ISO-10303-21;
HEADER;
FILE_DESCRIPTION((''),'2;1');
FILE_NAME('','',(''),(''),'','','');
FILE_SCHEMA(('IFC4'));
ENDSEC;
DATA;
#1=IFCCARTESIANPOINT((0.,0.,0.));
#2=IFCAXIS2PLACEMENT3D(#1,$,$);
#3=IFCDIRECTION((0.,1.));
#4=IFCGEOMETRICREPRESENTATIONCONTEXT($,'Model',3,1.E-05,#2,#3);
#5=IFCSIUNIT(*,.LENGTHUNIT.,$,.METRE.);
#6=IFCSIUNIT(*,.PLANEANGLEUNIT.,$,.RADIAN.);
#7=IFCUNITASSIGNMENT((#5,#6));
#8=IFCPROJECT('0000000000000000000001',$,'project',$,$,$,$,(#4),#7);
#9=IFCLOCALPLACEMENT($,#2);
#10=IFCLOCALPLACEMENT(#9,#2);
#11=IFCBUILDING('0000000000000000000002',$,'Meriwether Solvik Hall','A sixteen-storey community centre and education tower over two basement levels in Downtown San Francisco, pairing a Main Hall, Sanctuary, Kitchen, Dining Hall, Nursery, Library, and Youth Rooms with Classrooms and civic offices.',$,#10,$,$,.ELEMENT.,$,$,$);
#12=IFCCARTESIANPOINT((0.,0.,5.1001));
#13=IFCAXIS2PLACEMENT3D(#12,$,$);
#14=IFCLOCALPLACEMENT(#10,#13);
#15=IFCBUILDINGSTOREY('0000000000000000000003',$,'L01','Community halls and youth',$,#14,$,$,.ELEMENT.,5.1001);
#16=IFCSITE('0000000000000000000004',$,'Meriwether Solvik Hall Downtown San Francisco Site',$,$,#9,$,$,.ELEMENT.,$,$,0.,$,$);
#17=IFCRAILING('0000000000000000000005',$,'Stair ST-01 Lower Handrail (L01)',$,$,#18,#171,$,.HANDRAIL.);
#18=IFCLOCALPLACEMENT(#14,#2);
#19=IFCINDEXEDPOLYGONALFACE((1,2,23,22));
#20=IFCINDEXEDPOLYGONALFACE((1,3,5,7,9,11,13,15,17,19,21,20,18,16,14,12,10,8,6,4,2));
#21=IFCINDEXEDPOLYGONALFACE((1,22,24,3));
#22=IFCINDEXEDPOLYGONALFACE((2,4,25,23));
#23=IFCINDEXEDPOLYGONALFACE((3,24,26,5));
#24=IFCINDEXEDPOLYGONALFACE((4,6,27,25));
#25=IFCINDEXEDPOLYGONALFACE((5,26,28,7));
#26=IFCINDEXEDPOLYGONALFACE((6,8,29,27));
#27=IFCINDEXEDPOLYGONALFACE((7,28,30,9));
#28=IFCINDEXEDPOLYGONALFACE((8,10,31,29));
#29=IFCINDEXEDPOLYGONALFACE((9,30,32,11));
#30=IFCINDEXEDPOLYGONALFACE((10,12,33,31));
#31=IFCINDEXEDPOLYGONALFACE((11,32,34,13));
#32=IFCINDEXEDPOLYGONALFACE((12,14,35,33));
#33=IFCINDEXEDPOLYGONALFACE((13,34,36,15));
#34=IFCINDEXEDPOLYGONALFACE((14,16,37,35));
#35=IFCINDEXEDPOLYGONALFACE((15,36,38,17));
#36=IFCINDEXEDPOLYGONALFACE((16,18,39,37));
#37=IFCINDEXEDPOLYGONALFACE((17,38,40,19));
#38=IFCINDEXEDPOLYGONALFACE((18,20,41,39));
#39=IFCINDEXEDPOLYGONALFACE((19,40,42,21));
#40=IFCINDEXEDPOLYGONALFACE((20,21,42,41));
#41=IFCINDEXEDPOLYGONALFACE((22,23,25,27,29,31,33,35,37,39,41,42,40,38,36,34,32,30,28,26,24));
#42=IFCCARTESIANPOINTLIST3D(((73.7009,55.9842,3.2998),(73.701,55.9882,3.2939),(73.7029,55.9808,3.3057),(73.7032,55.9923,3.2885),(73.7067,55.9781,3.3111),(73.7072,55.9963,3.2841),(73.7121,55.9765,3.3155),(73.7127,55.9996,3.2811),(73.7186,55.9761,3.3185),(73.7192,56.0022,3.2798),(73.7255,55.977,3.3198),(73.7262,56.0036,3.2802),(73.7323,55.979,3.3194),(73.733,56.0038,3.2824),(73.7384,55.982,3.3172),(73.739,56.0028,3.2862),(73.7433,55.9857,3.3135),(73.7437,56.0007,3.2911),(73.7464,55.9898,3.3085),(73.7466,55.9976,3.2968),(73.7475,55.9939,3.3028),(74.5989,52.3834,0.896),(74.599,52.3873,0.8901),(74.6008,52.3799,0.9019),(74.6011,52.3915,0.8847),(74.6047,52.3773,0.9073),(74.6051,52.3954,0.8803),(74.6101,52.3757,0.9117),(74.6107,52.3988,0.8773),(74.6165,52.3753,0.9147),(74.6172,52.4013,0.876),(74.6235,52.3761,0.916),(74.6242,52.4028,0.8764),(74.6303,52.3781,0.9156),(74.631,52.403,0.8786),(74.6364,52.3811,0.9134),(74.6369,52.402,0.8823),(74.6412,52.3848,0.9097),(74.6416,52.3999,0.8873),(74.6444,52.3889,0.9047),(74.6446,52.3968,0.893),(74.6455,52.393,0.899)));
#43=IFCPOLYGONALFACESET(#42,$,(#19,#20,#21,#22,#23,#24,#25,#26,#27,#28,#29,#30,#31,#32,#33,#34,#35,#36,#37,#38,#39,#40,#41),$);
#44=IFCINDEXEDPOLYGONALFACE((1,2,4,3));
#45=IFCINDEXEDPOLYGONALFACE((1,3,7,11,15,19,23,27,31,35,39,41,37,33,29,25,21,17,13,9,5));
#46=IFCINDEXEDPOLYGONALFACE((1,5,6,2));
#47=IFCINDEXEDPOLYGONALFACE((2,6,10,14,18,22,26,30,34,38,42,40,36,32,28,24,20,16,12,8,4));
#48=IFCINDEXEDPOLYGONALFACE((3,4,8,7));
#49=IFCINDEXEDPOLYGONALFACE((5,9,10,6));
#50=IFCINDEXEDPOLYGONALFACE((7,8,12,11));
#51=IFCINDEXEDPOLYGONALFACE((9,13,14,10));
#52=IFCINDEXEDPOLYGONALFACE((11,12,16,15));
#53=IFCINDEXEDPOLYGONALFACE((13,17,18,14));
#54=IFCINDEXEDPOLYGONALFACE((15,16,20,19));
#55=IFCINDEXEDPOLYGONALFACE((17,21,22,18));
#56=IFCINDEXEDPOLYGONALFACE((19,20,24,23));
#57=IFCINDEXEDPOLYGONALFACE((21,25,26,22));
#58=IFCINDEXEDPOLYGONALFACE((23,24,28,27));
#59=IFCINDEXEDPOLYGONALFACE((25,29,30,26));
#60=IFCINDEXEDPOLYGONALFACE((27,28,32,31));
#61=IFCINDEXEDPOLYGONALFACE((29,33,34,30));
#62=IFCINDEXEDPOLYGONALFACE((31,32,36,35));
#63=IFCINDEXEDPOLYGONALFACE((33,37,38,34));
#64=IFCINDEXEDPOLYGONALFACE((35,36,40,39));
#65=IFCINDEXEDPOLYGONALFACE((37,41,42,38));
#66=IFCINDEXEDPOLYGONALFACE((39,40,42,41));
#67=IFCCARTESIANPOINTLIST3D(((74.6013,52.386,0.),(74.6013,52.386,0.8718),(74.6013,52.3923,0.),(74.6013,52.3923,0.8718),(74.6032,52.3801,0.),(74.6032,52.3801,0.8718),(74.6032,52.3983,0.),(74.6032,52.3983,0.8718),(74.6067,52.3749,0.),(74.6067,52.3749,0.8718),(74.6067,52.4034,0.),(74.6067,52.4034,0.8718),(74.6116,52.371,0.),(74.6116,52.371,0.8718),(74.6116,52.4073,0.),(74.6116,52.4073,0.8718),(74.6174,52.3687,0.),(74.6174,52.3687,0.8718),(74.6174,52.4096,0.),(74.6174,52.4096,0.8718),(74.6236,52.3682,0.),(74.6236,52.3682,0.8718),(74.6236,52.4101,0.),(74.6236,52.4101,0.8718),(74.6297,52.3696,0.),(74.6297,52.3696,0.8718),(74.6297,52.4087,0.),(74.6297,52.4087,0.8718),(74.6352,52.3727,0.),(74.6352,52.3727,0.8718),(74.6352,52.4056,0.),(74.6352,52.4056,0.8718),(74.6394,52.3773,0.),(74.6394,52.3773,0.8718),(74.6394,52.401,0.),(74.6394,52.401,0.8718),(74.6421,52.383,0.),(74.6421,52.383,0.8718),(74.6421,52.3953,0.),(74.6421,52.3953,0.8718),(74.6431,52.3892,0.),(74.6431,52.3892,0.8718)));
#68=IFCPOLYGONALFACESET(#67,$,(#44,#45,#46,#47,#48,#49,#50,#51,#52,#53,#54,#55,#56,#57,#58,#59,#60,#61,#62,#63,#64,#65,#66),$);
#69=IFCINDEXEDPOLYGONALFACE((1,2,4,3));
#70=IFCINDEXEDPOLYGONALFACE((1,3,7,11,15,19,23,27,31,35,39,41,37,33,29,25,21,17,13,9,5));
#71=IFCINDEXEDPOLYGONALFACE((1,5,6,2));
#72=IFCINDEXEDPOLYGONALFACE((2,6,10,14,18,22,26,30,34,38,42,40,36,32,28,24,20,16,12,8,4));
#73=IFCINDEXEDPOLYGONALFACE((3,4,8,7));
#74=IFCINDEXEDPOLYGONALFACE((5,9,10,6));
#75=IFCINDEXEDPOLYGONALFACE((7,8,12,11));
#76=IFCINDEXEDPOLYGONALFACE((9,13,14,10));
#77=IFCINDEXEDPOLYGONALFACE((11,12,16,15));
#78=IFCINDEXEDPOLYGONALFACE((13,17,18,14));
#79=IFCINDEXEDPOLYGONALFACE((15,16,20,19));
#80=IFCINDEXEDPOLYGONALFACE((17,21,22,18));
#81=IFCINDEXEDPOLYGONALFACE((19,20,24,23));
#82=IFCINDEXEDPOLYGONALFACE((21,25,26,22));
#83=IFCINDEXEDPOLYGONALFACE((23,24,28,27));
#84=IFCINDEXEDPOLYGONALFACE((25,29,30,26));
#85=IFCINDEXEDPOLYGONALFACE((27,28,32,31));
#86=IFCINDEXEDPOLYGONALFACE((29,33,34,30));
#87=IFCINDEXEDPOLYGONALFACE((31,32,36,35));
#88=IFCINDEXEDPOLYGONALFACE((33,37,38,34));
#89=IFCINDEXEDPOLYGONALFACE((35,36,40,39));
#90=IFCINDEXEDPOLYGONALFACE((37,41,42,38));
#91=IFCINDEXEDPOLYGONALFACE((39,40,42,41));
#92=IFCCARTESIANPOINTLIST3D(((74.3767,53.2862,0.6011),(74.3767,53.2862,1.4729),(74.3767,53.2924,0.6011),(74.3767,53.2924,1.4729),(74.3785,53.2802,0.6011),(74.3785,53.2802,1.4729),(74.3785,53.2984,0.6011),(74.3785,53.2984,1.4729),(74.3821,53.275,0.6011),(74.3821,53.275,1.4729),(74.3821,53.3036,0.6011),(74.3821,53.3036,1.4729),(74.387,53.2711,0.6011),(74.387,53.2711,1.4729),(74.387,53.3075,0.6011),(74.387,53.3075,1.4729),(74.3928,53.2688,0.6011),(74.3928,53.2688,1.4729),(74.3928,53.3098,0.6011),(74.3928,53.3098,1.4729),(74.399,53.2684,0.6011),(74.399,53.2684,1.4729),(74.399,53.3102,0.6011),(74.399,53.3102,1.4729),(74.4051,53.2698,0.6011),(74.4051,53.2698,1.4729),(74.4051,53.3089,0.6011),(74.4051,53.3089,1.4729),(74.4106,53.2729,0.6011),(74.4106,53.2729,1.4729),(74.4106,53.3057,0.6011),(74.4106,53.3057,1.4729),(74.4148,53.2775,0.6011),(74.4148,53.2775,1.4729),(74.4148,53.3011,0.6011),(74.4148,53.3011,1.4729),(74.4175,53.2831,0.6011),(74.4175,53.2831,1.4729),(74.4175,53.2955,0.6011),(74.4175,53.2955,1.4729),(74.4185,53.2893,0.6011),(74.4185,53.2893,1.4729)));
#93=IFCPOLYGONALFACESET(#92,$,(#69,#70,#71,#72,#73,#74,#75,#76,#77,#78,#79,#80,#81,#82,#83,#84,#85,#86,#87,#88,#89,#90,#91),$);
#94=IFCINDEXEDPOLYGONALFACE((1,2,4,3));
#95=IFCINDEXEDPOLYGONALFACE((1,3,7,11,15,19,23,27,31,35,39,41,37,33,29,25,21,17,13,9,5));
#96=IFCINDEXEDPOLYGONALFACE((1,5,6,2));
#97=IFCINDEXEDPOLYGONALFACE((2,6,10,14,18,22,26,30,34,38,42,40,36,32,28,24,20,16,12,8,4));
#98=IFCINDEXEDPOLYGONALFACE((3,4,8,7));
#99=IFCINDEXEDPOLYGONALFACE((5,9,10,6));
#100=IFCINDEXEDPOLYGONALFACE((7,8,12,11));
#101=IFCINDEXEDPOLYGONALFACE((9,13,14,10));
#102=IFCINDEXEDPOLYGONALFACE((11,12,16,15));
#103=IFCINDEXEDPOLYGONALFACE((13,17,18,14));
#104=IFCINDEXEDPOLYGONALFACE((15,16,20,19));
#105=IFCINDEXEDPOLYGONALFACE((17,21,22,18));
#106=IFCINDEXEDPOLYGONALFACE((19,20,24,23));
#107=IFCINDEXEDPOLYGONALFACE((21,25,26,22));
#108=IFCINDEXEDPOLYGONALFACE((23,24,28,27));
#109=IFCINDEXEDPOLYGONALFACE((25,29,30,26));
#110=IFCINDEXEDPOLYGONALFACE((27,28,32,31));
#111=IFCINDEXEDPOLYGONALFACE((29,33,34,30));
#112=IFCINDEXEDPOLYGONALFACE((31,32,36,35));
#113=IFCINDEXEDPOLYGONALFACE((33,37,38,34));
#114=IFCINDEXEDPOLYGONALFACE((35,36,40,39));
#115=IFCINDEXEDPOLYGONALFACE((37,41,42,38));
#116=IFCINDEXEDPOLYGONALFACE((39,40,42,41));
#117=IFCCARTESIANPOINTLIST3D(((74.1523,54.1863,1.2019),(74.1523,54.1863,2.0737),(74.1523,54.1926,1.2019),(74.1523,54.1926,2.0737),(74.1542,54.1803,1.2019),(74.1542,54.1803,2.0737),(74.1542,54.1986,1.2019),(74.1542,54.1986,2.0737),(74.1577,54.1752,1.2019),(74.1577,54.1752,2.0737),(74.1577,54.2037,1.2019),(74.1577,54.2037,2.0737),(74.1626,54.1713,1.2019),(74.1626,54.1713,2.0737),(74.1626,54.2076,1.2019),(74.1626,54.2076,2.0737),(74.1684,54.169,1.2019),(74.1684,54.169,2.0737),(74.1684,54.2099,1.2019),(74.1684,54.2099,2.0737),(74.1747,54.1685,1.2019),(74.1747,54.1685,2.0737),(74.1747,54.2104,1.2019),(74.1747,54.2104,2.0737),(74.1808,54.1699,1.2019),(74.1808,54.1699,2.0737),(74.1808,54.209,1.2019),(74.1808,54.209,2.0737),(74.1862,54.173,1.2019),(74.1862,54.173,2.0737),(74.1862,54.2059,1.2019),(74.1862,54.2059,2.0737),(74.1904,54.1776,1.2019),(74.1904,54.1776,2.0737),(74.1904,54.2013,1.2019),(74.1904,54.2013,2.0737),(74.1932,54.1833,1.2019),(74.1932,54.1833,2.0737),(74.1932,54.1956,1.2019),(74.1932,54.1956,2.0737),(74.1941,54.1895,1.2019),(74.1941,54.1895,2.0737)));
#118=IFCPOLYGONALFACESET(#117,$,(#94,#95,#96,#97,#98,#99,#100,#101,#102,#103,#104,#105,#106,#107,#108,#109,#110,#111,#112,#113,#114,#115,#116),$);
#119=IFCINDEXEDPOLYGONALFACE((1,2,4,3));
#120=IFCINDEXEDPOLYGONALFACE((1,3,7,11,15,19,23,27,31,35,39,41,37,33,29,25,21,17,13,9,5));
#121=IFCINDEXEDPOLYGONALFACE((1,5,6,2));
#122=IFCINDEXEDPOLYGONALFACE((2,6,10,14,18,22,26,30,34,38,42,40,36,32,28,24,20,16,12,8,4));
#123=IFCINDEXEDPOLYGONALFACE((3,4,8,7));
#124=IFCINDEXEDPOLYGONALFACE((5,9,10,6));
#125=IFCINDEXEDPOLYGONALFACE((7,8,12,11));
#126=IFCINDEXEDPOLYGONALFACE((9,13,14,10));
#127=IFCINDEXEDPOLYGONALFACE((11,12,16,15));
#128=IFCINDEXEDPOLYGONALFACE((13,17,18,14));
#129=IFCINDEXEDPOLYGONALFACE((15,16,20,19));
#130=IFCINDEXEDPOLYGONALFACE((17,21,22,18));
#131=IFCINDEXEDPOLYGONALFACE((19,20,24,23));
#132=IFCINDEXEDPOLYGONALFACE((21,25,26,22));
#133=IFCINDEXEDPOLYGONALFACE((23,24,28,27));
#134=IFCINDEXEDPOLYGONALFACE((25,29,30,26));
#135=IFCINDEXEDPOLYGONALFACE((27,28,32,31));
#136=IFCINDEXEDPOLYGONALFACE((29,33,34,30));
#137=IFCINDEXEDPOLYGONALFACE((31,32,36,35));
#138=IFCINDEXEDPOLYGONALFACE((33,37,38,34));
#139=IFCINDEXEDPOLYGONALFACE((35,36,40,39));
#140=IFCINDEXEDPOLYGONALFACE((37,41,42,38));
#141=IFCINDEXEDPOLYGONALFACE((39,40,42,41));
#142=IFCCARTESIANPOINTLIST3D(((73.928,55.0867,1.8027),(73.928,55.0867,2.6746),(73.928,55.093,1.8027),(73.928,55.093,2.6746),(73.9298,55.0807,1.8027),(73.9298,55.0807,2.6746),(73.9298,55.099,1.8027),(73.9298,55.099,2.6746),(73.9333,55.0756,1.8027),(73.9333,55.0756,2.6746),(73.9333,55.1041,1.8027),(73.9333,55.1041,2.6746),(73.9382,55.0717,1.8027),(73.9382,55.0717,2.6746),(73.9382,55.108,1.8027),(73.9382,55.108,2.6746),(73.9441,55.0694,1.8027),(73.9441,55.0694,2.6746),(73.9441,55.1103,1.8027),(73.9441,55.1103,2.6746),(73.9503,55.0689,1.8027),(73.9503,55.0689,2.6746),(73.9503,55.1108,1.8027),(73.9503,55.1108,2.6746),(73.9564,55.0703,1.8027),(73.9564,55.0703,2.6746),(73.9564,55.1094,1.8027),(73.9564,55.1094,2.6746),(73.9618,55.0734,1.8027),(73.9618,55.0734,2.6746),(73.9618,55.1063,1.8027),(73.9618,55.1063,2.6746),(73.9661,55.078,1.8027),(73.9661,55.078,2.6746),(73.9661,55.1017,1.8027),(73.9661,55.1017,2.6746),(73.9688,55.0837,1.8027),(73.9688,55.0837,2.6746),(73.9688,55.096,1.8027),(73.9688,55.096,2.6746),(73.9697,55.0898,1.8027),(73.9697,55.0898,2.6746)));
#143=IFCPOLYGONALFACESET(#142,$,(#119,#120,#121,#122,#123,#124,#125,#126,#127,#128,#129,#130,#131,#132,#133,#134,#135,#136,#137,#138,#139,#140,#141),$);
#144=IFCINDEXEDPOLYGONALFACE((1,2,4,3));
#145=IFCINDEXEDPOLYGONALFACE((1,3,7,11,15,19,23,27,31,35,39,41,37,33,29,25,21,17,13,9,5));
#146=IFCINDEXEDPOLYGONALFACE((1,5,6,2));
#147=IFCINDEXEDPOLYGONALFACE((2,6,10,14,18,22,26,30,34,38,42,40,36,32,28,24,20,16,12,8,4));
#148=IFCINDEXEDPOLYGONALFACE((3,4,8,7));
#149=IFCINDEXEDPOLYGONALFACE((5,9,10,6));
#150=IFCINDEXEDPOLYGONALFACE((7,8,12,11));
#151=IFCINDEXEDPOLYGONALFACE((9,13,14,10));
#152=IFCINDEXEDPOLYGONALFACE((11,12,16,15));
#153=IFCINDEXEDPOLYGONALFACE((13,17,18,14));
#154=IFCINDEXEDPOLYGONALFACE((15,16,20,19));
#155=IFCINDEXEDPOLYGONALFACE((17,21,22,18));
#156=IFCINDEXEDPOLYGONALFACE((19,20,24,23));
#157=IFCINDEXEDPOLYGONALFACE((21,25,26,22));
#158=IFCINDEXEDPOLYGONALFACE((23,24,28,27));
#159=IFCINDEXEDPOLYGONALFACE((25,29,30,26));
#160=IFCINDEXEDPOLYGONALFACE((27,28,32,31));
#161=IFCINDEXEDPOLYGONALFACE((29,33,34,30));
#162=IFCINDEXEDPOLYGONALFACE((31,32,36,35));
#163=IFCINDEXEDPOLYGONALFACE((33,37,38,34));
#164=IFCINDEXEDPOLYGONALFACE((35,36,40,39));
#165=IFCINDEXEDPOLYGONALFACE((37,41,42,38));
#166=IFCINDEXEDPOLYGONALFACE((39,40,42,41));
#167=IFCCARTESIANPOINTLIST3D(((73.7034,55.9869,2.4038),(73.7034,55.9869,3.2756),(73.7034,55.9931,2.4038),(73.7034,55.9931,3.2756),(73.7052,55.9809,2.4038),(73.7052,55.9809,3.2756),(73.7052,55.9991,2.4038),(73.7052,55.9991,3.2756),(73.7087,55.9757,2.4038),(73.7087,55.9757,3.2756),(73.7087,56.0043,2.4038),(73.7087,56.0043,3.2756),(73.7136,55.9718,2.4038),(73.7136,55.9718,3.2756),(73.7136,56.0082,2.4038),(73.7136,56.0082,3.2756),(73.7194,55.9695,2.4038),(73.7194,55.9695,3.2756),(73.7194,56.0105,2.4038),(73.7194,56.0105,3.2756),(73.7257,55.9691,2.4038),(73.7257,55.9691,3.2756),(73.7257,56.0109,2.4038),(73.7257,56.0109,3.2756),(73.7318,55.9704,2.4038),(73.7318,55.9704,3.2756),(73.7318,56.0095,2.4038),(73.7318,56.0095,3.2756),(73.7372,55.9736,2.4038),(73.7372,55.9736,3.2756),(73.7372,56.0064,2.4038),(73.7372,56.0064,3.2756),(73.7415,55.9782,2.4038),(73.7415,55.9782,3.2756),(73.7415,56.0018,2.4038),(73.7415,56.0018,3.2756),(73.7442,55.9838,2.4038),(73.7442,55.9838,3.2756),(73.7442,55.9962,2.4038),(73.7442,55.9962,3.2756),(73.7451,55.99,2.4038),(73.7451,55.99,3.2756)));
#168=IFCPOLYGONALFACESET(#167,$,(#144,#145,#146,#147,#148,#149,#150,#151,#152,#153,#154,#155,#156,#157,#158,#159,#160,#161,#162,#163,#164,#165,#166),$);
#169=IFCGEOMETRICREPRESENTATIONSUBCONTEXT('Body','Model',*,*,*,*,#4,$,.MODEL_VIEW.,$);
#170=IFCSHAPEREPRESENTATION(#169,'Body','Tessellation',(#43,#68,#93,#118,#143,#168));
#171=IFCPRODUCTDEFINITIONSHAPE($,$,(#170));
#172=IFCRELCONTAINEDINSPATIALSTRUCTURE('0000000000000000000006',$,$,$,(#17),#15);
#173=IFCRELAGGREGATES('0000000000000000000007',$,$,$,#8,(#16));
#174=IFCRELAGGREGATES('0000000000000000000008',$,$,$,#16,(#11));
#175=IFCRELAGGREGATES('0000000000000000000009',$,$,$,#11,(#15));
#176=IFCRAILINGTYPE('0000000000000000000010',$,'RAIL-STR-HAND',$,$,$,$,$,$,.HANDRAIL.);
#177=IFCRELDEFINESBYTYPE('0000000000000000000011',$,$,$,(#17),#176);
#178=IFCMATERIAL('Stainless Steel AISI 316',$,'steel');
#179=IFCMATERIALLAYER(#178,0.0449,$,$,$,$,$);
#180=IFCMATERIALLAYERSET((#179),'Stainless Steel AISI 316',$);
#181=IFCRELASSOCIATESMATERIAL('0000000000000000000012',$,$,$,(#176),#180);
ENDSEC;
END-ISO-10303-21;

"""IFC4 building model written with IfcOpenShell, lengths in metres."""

from ifc_helpers import new_model, si_unit, direction, frame, origin, origin_2d, place, context, subcontext, project, spatial, circle, extrude, material, layer, layer_set, type_object, element, save


model = new_model("IFC4")

# Units and contexts
model_context = context("Model", 3, precision=1e-05, world=origin(), true_north=direction((0.0, 1.0)))
body_context = subcontext(model_context, "Body", "Model", "MODEL_VIEW")
ifc_project = project(units=[si_unit("LENGTHUNIT", "METRE"), si_unit("PLANEANGLEUNIT", "RADIAN")], contexts=[model_context])

# Site, building, storey
site_placement = place(None, origin())
site = spatial("IfcSite", under=ifc_project, at=site_placement, Name="Meriwether Solvik Hall Downtown San Francisco Site", CompositionType="ELEMENT", RefElevation=0.0)
building_placement = place(site_placement, origin())
building = spatial("IfcBuilding", under=site, at=building_placement, Name="Meriwether Solvik Hall", Description="A sixteen-storey community centre and education tower over two basement levels in Downtown San Francisco, pairing a Main Hall, Sanctuary, Kitchen, Dining Hall, Nursery, Library, and Youth Rooms with Classrooms and civic offices.", CompositionType="ELEMENT")
storey_placement = place(building_placement, frame((0.0, 0.0, 5.1001)))
storey = spatial("IfcBuildingStorey", under=building, at=storey_placement, Name="L01", Description="Community halls and youth", CompositionType="ELEMENT", Elevation=5.1001)

# Railing
ifc_material_1 = material(Name="Stainless Steel AISI 316", Category="steel")
ifc_layer_1 = layer(ifc_material_1, 0.0449)
ifc_layer_set_1 = layer_set([ifc_layer_1], Name="Stainless Steel AISI 316")
railing_type = type_object("IfcRailingType", Name="RAIL-STR-HAND", PredefinedType="HANDRAIL", material=ifc_layer_set_1)
railing_placement = place(storey_placement, frame((74.6221, 52.3892, 0.0)))
element("IfcRailing", 1, at=railing_placement, inside=storey, type_object=railing_type, Name="Stair ST-01 Lower Handrail (L01)", PredefinedType="HANDRAIL", context=body_context, shape_type="SweptSolid", body=[
    extrude(circle(Radius=0.0239, at=origin_2d()), frame((0.0, 0.0, 0.896), z_axis=(-0.203082, 0.814372, 0.543651), x_axis=(-0.970286, -0.241963, 0.0)), (0.0, 0.0, 1.0), 4.4216),
    extrude(circle(Radius=0.021, at=origin_2d()), origin(), (0.0, 0.0, 1.0), 0.8718),
    extrude(circle(Radius=0.021, at=origin_2d()), frame((-0.2246, 0.9001, 0.6011)), (0.0, 0.0, 1.0), 0.8718),
    extrude(circle(Radius=0.021, at=origin_2d()), frame((-0.449, 1.8003, 1.2019)), (0.0, 0.0, 1.0), 0.8718),
    extrude(circle(Radius=0.021, at=origin_2d()), frame((-0.6733, 2.7007, 1.8027)), (0.0, 0.0, 1.0), 0.8718),
    extrude(circle(Radius=0.021, at=origin_2d()), frame((-0.8979, 3.6008, 2.4038)), (0.0, 0.0, 1.0), 0.8718),
])

save(model, "model.ifc")
